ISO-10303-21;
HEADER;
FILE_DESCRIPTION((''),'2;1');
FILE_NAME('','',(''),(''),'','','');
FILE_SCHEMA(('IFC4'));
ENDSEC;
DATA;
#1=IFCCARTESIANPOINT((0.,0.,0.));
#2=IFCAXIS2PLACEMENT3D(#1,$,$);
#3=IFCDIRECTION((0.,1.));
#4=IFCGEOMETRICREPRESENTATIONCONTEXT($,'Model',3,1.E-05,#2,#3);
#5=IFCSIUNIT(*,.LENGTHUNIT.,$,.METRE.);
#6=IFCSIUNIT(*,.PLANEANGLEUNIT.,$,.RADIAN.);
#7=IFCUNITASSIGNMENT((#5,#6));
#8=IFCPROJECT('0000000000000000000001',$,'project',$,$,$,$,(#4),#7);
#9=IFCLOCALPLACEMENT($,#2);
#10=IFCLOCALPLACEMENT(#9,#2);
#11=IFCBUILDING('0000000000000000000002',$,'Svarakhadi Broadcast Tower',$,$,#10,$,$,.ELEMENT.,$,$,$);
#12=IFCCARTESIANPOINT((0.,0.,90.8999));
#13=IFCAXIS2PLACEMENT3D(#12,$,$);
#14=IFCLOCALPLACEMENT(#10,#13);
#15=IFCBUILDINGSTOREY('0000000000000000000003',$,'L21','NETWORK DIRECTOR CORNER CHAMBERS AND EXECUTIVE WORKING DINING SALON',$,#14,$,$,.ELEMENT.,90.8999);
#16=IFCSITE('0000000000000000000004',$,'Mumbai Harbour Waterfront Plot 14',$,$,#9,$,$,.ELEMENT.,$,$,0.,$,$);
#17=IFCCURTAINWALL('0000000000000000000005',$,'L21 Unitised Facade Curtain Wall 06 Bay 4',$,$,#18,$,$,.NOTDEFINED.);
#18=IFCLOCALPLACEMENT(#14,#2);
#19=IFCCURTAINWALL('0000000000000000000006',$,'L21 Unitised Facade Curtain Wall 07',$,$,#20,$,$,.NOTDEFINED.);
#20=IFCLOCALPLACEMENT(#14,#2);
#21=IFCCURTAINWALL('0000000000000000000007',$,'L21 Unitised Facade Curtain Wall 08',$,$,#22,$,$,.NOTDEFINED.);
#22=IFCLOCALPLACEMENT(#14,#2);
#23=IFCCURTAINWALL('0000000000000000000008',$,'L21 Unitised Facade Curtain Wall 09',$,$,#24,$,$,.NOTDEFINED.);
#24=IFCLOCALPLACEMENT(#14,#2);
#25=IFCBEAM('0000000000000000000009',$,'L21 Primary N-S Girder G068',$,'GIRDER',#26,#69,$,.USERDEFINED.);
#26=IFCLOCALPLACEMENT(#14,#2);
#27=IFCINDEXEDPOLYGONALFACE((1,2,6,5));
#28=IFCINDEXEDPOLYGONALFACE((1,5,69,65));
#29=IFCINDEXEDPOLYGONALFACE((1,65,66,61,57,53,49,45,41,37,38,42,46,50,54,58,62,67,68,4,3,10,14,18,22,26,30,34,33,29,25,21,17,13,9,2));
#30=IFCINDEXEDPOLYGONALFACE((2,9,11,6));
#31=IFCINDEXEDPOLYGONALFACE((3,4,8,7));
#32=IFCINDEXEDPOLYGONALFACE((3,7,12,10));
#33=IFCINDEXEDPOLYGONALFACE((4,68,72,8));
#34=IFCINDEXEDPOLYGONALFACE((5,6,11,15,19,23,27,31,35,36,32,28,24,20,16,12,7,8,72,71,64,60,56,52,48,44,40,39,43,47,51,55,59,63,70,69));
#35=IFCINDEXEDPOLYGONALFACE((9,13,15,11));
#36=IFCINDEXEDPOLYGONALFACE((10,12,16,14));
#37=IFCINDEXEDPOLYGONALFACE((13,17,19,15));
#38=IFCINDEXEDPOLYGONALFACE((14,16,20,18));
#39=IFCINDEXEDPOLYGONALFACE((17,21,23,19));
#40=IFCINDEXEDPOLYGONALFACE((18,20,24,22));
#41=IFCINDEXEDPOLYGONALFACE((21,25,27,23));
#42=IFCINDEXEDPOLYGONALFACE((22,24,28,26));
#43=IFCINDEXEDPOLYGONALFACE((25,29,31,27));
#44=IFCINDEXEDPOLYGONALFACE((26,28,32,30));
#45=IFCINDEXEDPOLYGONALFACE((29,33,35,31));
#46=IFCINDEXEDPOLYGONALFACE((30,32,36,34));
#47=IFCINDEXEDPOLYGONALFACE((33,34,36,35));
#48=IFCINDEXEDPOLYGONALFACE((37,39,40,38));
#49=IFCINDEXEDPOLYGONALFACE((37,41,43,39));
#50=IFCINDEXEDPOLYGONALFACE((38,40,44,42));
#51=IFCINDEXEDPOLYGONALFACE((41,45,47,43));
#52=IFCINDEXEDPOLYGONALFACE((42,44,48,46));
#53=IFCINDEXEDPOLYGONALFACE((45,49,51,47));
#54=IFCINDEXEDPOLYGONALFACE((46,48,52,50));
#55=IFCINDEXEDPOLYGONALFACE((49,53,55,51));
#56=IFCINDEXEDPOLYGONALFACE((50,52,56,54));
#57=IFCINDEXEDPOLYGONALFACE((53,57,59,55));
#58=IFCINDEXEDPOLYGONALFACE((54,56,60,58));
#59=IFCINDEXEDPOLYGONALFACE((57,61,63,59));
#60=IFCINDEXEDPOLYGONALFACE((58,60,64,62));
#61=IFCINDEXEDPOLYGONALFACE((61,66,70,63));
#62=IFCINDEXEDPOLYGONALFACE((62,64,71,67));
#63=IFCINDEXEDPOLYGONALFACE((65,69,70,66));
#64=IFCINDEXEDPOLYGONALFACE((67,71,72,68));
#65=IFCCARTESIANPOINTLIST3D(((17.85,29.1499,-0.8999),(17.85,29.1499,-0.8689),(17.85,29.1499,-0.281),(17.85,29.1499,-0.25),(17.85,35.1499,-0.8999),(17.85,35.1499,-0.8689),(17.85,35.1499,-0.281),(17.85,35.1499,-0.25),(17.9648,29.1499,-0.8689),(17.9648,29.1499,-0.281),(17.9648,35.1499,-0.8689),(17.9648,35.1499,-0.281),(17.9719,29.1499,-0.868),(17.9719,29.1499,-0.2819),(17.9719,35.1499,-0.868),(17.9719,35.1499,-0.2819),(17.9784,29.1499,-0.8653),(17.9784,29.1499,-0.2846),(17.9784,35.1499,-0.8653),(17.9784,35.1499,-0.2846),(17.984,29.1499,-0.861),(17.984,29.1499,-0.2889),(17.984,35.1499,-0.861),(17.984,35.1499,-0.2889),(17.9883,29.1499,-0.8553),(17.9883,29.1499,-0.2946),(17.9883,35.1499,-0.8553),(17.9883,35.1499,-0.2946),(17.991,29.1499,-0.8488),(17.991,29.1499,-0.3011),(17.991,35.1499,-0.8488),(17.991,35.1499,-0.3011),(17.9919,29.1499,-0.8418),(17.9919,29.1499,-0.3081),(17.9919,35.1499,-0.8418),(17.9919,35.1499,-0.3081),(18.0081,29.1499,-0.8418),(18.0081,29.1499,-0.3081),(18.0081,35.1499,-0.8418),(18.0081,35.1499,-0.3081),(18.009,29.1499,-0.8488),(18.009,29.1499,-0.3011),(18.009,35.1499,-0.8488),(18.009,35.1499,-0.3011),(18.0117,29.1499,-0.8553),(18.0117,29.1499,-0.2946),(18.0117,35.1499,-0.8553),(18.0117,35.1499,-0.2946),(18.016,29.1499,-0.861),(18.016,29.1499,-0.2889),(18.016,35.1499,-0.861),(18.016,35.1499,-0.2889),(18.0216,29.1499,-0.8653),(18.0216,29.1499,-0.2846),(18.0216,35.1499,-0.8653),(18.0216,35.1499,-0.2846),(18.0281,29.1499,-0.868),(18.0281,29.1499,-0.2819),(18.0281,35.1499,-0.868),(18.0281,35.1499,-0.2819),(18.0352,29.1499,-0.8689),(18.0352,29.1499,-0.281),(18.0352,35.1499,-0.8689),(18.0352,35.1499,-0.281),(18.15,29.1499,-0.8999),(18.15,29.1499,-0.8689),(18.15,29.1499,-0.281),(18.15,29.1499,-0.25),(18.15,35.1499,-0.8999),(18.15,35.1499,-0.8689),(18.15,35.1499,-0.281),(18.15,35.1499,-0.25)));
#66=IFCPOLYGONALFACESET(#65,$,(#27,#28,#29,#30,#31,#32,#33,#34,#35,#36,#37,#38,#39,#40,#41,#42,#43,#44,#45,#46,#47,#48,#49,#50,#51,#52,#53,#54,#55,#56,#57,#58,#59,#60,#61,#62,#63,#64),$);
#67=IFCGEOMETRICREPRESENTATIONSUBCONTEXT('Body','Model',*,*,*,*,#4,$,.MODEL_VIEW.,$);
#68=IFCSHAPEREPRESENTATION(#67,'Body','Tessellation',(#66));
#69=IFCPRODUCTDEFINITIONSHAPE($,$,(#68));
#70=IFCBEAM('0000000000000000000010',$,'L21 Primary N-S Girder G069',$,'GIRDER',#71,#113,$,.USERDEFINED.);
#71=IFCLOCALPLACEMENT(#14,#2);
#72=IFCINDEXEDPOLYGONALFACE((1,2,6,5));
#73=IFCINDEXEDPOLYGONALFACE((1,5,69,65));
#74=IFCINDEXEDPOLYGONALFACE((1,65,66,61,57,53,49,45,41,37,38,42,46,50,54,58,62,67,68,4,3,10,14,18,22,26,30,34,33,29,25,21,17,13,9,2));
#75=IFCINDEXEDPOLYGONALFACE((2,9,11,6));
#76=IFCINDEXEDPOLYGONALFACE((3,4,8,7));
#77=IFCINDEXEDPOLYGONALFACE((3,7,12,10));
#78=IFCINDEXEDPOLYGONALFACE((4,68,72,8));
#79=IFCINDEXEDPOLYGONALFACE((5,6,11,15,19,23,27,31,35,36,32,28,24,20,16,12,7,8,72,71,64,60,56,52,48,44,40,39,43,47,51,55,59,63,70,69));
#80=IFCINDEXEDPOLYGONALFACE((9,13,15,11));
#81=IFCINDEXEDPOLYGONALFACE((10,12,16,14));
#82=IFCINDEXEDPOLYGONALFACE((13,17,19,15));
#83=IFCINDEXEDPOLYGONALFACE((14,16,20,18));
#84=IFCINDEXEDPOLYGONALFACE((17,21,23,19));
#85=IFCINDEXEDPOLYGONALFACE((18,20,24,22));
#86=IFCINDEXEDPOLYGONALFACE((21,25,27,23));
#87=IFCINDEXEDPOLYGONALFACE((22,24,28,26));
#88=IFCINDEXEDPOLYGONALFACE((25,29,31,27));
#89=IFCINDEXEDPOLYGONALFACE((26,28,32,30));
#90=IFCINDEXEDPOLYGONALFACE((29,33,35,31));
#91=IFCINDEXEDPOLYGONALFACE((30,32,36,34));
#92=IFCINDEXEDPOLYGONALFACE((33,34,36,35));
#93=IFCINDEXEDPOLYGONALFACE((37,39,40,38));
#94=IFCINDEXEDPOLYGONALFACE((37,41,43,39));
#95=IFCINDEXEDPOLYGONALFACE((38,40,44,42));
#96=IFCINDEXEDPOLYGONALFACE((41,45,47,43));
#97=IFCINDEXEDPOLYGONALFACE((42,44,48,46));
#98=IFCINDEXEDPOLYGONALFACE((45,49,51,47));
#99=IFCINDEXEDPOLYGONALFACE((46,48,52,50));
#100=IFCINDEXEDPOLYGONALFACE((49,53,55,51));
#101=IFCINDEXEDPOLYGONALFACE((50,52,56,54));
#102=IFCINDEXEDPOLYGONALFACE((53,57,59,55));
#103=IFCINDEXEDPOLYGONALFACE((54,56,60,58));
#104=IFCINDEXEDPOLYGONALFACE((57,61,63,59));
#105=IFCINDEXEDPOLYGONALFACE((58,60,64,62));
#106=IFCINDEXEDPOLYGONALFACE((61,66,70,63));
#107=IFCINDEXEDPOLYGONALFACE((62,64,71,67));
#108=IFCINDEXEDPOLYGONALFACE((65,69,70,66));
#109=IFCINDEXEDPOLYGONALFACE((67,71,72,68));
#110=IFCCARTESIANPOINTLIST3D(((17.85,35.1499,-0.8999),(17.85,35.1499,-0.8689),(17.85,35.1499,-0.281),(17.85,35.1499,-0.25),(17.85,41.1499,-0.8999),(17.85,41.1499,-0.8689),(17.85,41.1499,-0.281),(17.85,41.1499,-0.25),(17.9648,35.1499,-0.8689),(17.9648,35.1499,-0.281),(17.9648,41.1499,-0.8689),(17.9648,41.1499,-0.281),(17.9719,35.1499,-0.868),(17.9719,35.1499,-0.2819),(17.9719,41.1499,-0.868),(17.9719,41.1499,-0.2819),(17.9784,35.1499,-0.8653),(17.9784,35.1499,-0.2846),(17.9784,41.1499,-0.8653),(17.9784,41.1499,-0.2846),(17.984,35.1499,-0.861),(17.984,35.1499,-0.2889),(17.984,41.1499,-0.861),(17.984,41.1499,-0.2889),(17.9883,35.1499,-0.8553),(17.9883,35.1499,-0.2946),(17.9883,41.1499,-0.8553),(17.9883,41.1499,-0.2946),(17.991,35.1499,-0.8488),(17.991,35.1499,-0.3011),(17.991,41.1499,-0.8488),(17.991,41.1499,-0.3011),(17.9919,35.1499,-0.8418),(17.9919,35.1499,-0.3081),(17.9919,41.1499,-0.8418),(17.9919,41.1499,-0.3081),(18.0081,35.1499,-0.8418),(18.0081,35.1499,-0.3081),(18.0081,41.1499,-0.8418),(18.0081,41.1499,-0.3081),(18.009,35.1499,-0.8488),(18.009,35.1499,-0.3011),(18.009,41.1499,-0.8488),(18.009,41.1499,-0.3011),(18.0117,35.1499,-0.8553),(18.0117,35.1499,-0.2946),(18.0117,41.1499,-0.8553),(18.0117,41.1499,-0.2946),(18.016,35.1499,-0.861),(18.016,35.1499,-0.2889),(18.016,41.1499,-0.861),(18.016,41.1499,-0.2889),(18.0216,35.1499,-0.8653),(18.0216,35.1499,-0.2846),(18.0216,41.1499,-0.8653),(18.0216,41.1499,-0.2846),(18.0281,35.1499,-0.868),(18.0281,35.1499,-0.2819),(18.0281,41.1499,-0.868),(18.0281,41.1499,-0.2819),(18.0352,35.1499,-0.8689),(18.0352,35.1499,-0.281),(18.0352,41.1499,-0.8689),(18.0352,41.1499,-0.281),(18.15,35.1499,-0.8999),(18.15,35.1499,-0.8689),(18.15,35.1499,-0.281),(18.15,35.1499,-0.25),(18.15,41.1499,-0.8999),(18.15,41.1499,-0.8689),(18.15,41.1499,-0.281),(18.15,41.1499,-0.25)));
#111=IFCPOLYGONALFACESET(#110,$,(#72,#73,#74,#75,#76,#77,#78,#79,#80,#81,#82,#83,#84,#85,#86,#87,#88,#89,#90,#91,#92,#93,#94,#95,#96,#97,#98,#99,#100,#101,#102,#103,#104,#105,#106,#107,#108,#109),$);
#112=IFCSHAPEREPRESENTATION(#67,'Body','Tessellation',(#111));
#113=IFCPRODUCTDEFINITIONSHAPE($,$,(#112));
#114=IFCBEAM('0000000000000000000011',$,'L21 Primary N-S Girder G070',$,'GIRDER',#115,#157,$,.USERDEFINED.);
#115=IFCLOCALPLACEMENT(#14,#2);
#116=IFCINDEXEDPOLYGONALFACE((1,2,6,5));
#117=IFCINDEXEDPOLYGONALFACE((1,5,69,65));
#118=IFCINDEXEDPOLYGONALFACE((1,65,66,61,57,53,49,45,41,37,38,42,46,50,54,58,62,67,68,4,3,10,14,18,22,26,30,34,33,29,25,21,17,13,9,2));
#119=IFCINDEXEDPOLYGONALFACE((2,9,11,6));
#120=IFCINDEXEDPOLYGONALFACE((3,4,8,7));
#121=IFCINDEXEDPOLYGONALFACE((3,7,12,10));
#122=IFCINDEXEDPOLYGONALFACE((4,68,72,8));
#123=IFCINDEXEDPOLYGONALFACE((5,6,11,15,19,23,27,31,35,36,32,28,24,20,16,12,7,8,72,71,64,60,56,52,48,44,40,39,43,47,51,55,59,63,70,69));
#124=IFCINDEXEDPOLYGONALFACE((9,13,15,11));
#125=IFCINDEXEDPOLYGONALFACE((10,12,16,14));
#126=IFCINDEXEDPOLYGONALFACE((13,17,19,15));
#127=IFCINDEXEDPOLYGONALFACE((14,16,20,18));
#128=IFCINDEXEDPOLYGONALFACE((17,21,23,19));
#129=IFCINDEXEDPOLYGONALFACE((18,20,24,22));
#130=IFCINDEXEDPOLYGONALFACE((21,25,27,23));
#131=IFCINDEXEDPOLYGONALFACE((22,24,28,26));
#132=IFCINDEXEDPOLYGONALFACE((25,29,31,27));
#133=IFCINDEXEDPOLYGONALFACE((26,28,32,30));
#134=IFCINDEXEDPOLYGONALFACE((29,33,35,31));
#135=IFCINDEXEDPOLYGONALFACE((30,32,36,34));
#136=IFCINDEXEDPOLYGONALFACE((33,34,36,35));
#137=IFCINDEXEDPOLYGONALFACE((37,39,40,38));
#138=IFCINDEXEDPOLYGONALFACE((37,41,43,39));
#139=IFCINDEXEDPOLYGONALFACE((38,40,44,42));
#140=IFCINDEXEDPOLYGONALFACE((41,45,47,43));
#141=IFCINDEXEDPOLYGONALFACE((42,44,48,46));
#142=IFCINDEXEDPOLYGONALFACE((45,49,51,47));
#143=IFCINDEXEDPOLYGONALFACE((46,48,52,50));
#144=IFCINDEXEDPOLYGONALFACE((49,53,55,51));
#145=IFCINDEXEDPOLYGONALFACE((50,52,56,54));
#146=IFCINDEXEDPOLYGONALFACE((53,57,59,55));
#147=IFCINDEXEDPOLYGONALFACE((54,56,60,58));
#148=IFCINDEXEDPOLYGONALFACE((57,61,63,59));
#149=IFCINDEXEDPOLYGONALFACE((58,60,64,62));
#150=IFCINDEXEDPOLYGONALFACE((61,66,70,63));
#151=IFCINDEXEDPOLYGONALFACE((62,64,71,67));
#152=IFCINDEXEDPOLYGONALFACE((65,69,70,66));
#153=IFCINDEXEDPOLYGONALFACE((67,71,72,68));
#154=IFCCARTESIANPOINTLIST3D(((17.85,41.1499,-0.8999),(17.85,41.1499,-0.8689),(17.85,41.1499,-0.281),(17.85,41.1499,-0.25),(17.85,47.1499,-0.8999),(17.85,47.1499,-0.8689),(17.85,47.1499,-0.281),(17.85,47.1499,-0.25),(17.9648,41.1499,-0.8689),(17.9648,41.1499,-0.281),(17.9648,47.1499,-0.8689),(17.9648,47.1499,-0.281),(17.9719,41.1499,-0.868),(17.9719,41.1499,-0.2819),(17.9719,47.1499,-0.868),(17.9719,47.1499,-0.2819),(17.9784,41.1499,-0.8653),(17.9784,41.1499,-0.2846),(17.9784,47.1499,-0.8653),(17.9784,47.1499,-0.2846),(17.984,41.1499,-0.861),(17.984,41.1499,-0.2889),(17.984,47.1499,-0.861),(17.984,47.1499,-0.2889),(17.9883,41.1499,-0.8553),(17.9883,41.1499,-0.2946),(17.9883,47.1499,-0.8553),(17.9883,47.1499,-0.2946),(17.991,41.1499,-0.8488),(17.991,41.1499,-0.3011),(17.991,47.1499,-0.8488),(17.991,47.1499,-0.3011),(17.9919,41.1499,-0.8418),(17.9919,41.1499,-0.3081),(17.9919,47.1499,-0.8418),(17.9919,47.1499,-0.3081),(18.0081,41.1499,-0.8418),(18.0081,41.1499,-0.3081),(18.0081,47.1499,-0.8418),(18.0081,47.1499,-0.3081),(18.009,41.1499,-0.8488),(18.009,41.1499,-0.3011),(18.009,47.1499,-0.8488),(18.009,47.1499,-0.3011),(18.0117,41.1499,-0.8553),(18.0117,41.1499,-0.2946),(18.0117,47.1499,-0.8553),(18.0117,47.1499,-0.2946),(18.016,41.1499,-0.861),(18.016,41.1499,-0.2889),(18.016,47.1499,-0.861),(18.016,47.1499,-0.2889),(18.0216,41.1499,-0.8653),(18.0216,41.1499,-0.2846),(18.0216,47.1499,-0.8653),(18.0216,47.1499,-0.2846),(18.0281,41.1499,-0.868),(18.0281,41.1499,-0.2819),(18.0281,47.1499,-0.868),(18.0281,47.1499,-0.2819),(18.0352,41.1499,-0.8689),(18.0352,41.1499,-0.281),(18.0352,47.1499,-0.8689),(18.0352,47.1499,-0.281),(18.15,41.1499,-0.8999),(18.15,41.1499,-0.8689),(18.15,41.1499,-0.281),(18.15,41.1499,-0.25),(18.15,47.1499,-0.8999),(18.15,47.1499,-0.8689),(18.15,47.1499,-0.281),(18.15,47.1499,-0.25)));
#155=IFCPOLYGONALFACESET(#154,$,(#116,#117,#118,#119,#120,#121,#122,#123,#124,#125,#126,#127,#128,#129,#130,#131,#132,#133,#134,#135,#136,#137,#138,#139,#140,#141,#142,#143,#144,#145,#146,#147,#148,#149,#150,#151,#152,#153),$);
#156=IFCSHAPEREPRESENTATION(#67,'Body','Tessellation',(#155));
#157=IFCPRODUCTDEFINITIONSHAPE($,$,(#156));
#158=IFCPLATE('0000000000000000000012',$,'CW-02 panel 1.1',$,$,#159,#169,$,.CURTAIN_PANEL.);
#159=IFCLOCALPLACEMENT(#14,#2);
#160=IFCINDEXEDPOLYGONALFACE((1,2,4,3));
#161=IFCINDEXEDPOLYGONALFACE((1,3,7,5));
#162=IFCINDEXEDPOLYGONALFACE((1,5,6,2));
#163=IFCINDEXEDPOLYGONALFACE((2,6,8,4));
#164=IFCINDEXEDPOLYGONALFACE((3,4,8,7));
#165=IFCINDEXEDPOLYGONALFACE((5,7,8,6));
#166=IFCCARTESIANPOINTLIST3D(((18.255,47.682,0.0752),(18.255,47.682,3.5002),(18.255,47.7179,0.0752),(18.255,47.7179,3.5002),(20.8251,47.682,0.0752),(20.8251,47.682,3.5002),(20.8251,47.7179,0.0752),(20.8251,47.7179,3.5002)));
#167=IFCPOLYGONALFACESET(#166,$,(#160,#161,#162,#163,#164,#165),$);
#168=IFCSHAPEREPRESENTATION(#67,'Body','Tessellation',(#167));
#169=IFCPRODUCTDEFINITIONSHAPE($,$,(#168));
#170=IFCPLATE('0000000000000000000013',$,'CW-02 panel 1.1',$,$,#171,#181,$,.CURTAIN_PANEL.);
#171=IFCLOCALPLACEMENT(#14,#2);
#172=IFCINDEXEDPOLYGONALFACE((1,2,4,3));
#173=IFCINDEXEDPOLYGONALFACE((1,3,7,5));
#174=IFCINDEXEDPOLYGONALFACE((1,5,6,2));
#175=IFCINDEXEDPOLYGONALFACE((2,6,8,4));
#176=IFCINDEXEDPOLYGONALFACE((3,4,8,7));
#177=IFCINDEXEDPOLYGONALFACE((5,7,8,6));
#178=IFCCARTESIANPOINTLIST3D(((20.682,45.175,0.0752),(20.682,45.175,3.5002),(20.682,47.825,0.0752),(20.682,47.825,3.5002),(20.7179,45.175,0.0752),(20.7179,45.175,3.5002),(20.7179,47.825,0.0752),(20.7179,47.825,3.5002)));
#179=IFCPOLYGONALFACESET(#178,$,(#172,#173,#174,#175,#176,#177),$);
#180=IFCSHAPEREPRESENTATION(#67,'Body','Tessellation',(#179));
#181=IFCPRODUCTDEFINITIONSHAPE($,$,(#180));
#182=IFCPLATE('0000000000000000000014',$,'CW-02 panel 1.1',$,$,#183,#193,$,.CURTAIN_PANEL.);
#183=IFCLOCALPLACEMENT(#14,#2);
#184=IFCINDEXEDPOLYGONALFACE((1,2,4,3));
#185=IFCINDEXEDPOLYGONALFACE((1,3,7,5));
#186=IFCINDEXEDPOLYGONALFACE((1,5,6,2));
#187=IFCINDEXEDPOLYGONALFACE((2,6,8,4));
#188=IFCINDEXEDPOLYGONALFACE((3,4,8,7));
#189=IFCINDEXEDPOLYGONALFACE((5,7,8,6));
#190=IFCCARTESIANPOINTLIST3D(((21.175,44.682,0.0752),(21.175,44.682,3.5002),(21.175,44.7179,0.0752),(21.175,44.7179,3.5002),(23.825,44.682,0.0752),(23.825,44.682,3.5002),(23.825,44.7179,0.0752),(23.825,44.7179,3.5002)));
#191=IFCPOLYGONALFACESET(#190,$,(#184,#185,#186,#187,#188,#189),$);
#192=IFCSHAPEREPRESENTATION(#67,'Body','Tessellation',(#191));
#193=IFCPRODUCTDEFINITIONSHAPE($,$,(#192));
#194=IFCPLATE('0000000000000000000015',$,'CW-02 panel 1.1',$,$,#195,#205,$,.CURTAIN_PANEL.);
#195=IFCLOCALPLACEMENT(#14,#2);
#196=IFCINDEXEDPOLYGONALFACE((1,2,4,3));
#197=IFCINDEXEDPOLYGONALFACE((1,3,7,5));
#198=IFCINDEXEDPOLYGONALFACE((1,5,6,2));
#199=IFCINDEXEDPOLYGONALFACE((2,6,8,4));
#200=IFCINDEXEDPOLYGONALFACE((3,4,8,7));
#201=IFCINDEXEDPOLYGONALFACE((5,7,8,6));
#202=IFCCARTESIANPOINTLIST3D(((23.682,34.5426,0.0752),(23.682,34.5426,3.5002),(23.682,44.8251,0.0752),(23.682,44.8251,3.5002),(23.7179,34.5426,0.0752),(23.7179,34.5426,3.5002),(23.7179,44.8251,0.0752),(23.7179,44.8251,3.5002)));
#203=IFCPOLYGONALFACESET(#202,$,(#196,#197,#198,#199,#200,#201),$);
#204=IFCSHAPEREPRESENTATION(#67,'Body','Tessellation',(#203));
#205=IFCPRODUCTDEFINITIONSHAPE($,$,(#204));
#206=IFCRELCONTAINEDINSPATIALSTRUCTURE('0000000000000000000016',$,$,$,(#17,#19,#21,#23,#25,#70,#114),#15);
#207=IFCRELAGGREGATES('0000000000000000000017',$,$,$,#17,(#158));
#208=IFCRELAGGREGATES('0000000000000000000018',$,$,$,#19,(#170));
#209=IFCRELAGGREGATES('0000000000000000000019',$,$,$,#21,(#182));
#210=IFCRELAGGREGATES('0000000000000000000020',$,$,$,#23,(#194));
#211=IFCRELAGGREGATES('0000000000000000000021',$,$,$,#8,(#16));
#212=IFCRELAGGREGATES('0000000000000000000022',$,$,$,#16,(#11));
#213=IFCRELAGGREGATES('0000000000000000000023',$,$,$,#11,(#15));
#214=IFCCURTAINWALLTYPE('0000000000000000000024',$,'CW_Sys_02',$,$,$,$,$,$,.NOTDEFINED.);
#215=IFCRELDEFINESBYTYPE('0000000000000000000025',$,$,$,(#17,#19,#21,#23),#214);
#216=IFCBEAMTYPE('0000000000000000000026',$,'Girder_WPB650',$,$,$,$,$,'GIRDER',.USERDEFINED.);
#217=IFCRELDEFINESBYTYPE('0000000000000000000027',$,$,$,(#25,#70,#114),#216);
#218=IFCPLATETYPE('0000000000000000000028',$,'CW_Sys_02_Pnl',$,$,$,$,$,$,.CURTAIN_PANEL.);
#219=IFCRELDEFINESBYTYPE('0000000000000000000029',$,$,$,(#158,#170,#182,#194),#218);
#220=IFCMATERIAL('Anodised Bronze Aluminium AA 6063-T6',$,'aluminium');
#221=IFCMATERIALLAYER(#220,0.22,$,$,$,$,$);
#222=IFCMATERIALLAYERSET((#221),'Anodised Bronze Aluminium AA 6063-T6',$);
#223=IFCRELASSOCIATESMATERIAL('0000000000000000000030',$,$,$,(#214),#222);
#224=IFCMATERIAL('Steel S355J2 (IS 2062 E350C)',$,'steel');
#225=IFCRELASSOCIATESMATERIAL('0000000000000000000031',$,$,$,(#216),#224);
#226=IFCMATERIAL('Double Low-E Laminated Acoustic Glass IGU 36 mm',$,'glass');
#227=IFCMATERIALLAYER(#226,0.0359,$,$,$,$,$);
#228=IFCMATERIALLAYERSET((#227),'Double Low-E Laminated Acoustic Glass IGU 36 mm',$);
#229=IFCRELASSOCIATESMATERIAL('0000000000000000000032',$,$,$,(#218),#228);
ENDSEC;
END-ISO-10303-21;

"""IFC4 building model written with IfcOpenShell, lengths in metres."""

from ifc_helpers import new_model, si_unit, direction, frame, origin, origin_2d, place, context, subcontext, project, spatial, rectangle, i_section, extrude, material, layer, layer_set, material_profile, profile_set, type_object, element, aggregate, save


model = new_model("IFC4")

# Units and contexts
model_context = context("Model", 3, precision=1e-05, world=origin(), true_north=direction((0.0, 1.0)))
body_context = subcontext(model_context, "Body", "Model", "MODEL_VIEW")
ifc_project = project(units=[si_unit("LENGTHUNIT", "METRE"), si_unit("PLANEANGLEUNIT", "RADIAN")], contexts=[model_context])

# Site, building, storey
site_placement = place(None, origin())
site = spatial("IfcSite", under=ifc_project, at=site_placement, Name="Mumbai Harbour Waterfront Plot 14", CompositionType="ELEMENT", RefElevation=0.0)
building_placement = place(site_placement, origin())
building = spatial("IfcBuilding", under=site, at=building_placement, Name="Svarakhadi Broadcast Tower", CompositionType="ELEMENT")
storey_placement = place(building_placement, frame((0.0, 0.0, 90.8999)))
storey = spatial("IfcBuildingStorey", under=building, at=storey_placement, Name="L21", Description="NETWORK DIRECTOR CORNER CHAMBERS AND EXECUTIVE WORKING DINING SALON", CompositionType="ELEMENT", Elevation=90.8999)

# Curtain walls
ifc_material_1 = material(Name="Anodised Bronze Aluminium AA 6063-T6", Category="aluminium")
ifc_layer_1 = layer(ifc_material_1, 0.22)
ifc_layer_set_1 = layer_set([ifc_layer_1], Name="Anodised Bronze Aluminium AA 6063-T6")
curtain_wall_type = type_object("IfcCurtainWallType", Name="CW_Sys_02", PredefinedType="NOTDEFINED", material=ifc_layer_set_1)
curtain_wall_1_placement = place(storey_placement, origin())
curtain_wall_1 = element("IfcCurtainWall", 1, at=curtain_wall_1_placement, inside=storey, type_object=curtain_wall_type, Name="L21 Unitised Facade Curtain Wall 06 Bay 4", PredefinedType="NOTDEFINED")
curtain_wall_2_placement = place(storey_placement, origin())
curtain_wall_2 = element("IfcCurtainWall", 2, at=curtain_wall_2_placement, inside=storey, type_object=curtain_wall_type, Name="L21 Unitised Facade Curtain Wall 07", PredefinedType="NOTDEFINED")
curtain_wall_3_placement = place(storey_placement, origin())
curtain_wall_3 = element("IfcCurtainWall", 3, at=curtain_wall_3_placement, inside=storey, type_object=curtain_wall_type, Name="L21 Unitised Facade Curtain Wall 08", PredefinedType="NOTDEFINED")
curtain_wall_4_placement = place(storey_placement, origin())
curtain_wall_4 = element("IfcCurtainWall", 4, at=curtain_wall_4_placement, inside=storey, type_object=curtain_wall_type, Name="L21 Unitised Facade Curtain Wall 09", PredefinedType="NOTDEFINED")

# Beams
ifc_material_2 = material(Name="Steel S355J2 (IS 2062 E350C)", Category="steel")
ifc_material_profile_1 = material_profile(ifc_material_2, i_section(OverallWidth=0.3, OverallDepth=0.6499, WebThickness=0.0161, FlangeThickness=0.031, FilletRadius=0.0271, at=origin_2d()), Name="WPB 650x300x225")
ifc_profile_set_1 = profile_set([ifc_material_profile_1], Name="Steel S355J2 (IS 2062 E350C)")
beam_type = type_object("IfcBeamType", Name="Girder_WPB650", ElementType="GIRDER", PredefinedType="USERDEFINED", material=ifc_profile_set_1)
for number, where, z_axis, x_axis, name in (
    (5, (18.0, 29.1499, -0.575), (0.0, 1.0, 0.0), (-1.0, 0.0, 0.0), "L21 Primary N-S Girder G068"),
    (6, (18.0, 35.1499, -0.575), (0.0, 1.0, 0.0), (-1.0, 0.0, 0.0), "L21 Primary N-S Girder G069"),
    (7, (18.0, 41.1499, -0.575), (0.0, 1.0, 0.0), (-1.0, 0.0, 0.0), "L21 Primary N-S Girder G070"),
):
    element("IfcBeam", number, at=place(storey_placement, frame(where, z_axis=z_axis, x_axis=x_axis)), inside=storey, type_object=beam_type, Name=name, ObjectType="GIRDER", PredefinedType="USERDEFINED", context=body_context, shape_type="SweptSolid", body=[
        extrude(i_section(OverallWidth=0.3, OverallDepth=0.6499, WebThickness=0.0161, FlangeThickness=0.031, FilletRadius=0.0271, at=origin_2d()), origin(), (0.0, 0.0, 1.0), 6.0),
    ])

# Plates
ifc_material_3 = material(Name="Double Low-E Laminated Acoustic Glass IGU 36 mm", Category="glass")
ifc_layer_2 = layer(ifc_material_3, 0.0359)
ifc_layer_set_2 = layer_set([ifc_layer_2], Name="Double Low-E Laminated Acoustic Glass IGU 36 mm")
plate_type = type_object("IfcPlateType", Name="CW_Sys_02_Pnl", PredefinedType="CURTAIN_PANEL", material=ifc_layer_set_2)
plate_1_placement = place(storey_placement, frame((19.54, 47.7, 0.0752), z_axis=(0.0, 0.0, 1.0), x_axis=(1.0, 0.0, 0.0)))
plate_1 = element("IfcPlate", 8, at=plate_1_placement, type_object=plate_type, Name="CW-02 panel 1.1", PredefinedType="CURTAIN_PANEL", context=body_context, shape_type="SweptSolid", body=[
    extrude(rectangle(XDim=2.5701, YDim=0.0359, at=origin_2d()), origin(), (0.0, 0.0, 1.0), 3.425),
])
aggregate(curtain_wall_1, [plate_1])
plate_2_placement = place(storey_placement, frame((20.7, 46.5, 0.0752), z_axis=(0.0, 0.0, 1.0), x_axis=(0.0, -1.0, 0.0)))
plate_2 = element("IfcPlate", 9, at=plate_2_placement, type_object=plate_type, Name="CW-02 panel 1.1", PredefinedType="CURTAIN_PANEL", context=body_context, shape_type="SweptSolid", body=[
    extrude(rectangle(XDim=2.6499, YDim=0.0359, at=origin_2d()), origin(), (0.0, 0.0, 1.0), 3.425),
])
aggregate(curtain_wall_2, [plate_2])
plate_3_placement = place(storey_placement, frame((22.5, 44.7, 0.0752), z_axis=(0.0, 0.0, 1.0), x_axis=(1.0, 0.0, 0.0)))
plate_3 = element("IfcPlate", 10, at=plate_3_placement, type_object=plate_type, Name="CW-02 panel 1.1", PredefinedType="CURTAIN_PANEL", context=body_context, shape_type="SweptSolid", body=[
    extrude(rectangle(XDim=2.6499, YDim=0.0359, at=origin_2d()), origin(), (0.0, 0.0, 1.0), 3.425),
])
aggregate(curtain_wall_3, [plate_3])
plate_4_placement = place(storey_placement, frame((23.7, 39.6838, 0.0752), z_axis=(0.0, 0.0, 1.0), x_axis=(0.0, -1.0, 0.0)))
plate_4 = element("IfcPlate", 11, at=plate_4_placement, type_object=plate_type, Name="CW-02 panel 1.1", PredefinedType="CURTAIN_PANEL", context=body_context, shape_type="SweptSolid", body=[
    extrude(rectangle(XDim=10.2825, YDim=0.0359, at=origin_2d()), origin(), (0.0, 0.0, 1.0), 3.425),
])
aggregate(curtain_wall_4, [plate_4])

save(model, "model.ifc")
